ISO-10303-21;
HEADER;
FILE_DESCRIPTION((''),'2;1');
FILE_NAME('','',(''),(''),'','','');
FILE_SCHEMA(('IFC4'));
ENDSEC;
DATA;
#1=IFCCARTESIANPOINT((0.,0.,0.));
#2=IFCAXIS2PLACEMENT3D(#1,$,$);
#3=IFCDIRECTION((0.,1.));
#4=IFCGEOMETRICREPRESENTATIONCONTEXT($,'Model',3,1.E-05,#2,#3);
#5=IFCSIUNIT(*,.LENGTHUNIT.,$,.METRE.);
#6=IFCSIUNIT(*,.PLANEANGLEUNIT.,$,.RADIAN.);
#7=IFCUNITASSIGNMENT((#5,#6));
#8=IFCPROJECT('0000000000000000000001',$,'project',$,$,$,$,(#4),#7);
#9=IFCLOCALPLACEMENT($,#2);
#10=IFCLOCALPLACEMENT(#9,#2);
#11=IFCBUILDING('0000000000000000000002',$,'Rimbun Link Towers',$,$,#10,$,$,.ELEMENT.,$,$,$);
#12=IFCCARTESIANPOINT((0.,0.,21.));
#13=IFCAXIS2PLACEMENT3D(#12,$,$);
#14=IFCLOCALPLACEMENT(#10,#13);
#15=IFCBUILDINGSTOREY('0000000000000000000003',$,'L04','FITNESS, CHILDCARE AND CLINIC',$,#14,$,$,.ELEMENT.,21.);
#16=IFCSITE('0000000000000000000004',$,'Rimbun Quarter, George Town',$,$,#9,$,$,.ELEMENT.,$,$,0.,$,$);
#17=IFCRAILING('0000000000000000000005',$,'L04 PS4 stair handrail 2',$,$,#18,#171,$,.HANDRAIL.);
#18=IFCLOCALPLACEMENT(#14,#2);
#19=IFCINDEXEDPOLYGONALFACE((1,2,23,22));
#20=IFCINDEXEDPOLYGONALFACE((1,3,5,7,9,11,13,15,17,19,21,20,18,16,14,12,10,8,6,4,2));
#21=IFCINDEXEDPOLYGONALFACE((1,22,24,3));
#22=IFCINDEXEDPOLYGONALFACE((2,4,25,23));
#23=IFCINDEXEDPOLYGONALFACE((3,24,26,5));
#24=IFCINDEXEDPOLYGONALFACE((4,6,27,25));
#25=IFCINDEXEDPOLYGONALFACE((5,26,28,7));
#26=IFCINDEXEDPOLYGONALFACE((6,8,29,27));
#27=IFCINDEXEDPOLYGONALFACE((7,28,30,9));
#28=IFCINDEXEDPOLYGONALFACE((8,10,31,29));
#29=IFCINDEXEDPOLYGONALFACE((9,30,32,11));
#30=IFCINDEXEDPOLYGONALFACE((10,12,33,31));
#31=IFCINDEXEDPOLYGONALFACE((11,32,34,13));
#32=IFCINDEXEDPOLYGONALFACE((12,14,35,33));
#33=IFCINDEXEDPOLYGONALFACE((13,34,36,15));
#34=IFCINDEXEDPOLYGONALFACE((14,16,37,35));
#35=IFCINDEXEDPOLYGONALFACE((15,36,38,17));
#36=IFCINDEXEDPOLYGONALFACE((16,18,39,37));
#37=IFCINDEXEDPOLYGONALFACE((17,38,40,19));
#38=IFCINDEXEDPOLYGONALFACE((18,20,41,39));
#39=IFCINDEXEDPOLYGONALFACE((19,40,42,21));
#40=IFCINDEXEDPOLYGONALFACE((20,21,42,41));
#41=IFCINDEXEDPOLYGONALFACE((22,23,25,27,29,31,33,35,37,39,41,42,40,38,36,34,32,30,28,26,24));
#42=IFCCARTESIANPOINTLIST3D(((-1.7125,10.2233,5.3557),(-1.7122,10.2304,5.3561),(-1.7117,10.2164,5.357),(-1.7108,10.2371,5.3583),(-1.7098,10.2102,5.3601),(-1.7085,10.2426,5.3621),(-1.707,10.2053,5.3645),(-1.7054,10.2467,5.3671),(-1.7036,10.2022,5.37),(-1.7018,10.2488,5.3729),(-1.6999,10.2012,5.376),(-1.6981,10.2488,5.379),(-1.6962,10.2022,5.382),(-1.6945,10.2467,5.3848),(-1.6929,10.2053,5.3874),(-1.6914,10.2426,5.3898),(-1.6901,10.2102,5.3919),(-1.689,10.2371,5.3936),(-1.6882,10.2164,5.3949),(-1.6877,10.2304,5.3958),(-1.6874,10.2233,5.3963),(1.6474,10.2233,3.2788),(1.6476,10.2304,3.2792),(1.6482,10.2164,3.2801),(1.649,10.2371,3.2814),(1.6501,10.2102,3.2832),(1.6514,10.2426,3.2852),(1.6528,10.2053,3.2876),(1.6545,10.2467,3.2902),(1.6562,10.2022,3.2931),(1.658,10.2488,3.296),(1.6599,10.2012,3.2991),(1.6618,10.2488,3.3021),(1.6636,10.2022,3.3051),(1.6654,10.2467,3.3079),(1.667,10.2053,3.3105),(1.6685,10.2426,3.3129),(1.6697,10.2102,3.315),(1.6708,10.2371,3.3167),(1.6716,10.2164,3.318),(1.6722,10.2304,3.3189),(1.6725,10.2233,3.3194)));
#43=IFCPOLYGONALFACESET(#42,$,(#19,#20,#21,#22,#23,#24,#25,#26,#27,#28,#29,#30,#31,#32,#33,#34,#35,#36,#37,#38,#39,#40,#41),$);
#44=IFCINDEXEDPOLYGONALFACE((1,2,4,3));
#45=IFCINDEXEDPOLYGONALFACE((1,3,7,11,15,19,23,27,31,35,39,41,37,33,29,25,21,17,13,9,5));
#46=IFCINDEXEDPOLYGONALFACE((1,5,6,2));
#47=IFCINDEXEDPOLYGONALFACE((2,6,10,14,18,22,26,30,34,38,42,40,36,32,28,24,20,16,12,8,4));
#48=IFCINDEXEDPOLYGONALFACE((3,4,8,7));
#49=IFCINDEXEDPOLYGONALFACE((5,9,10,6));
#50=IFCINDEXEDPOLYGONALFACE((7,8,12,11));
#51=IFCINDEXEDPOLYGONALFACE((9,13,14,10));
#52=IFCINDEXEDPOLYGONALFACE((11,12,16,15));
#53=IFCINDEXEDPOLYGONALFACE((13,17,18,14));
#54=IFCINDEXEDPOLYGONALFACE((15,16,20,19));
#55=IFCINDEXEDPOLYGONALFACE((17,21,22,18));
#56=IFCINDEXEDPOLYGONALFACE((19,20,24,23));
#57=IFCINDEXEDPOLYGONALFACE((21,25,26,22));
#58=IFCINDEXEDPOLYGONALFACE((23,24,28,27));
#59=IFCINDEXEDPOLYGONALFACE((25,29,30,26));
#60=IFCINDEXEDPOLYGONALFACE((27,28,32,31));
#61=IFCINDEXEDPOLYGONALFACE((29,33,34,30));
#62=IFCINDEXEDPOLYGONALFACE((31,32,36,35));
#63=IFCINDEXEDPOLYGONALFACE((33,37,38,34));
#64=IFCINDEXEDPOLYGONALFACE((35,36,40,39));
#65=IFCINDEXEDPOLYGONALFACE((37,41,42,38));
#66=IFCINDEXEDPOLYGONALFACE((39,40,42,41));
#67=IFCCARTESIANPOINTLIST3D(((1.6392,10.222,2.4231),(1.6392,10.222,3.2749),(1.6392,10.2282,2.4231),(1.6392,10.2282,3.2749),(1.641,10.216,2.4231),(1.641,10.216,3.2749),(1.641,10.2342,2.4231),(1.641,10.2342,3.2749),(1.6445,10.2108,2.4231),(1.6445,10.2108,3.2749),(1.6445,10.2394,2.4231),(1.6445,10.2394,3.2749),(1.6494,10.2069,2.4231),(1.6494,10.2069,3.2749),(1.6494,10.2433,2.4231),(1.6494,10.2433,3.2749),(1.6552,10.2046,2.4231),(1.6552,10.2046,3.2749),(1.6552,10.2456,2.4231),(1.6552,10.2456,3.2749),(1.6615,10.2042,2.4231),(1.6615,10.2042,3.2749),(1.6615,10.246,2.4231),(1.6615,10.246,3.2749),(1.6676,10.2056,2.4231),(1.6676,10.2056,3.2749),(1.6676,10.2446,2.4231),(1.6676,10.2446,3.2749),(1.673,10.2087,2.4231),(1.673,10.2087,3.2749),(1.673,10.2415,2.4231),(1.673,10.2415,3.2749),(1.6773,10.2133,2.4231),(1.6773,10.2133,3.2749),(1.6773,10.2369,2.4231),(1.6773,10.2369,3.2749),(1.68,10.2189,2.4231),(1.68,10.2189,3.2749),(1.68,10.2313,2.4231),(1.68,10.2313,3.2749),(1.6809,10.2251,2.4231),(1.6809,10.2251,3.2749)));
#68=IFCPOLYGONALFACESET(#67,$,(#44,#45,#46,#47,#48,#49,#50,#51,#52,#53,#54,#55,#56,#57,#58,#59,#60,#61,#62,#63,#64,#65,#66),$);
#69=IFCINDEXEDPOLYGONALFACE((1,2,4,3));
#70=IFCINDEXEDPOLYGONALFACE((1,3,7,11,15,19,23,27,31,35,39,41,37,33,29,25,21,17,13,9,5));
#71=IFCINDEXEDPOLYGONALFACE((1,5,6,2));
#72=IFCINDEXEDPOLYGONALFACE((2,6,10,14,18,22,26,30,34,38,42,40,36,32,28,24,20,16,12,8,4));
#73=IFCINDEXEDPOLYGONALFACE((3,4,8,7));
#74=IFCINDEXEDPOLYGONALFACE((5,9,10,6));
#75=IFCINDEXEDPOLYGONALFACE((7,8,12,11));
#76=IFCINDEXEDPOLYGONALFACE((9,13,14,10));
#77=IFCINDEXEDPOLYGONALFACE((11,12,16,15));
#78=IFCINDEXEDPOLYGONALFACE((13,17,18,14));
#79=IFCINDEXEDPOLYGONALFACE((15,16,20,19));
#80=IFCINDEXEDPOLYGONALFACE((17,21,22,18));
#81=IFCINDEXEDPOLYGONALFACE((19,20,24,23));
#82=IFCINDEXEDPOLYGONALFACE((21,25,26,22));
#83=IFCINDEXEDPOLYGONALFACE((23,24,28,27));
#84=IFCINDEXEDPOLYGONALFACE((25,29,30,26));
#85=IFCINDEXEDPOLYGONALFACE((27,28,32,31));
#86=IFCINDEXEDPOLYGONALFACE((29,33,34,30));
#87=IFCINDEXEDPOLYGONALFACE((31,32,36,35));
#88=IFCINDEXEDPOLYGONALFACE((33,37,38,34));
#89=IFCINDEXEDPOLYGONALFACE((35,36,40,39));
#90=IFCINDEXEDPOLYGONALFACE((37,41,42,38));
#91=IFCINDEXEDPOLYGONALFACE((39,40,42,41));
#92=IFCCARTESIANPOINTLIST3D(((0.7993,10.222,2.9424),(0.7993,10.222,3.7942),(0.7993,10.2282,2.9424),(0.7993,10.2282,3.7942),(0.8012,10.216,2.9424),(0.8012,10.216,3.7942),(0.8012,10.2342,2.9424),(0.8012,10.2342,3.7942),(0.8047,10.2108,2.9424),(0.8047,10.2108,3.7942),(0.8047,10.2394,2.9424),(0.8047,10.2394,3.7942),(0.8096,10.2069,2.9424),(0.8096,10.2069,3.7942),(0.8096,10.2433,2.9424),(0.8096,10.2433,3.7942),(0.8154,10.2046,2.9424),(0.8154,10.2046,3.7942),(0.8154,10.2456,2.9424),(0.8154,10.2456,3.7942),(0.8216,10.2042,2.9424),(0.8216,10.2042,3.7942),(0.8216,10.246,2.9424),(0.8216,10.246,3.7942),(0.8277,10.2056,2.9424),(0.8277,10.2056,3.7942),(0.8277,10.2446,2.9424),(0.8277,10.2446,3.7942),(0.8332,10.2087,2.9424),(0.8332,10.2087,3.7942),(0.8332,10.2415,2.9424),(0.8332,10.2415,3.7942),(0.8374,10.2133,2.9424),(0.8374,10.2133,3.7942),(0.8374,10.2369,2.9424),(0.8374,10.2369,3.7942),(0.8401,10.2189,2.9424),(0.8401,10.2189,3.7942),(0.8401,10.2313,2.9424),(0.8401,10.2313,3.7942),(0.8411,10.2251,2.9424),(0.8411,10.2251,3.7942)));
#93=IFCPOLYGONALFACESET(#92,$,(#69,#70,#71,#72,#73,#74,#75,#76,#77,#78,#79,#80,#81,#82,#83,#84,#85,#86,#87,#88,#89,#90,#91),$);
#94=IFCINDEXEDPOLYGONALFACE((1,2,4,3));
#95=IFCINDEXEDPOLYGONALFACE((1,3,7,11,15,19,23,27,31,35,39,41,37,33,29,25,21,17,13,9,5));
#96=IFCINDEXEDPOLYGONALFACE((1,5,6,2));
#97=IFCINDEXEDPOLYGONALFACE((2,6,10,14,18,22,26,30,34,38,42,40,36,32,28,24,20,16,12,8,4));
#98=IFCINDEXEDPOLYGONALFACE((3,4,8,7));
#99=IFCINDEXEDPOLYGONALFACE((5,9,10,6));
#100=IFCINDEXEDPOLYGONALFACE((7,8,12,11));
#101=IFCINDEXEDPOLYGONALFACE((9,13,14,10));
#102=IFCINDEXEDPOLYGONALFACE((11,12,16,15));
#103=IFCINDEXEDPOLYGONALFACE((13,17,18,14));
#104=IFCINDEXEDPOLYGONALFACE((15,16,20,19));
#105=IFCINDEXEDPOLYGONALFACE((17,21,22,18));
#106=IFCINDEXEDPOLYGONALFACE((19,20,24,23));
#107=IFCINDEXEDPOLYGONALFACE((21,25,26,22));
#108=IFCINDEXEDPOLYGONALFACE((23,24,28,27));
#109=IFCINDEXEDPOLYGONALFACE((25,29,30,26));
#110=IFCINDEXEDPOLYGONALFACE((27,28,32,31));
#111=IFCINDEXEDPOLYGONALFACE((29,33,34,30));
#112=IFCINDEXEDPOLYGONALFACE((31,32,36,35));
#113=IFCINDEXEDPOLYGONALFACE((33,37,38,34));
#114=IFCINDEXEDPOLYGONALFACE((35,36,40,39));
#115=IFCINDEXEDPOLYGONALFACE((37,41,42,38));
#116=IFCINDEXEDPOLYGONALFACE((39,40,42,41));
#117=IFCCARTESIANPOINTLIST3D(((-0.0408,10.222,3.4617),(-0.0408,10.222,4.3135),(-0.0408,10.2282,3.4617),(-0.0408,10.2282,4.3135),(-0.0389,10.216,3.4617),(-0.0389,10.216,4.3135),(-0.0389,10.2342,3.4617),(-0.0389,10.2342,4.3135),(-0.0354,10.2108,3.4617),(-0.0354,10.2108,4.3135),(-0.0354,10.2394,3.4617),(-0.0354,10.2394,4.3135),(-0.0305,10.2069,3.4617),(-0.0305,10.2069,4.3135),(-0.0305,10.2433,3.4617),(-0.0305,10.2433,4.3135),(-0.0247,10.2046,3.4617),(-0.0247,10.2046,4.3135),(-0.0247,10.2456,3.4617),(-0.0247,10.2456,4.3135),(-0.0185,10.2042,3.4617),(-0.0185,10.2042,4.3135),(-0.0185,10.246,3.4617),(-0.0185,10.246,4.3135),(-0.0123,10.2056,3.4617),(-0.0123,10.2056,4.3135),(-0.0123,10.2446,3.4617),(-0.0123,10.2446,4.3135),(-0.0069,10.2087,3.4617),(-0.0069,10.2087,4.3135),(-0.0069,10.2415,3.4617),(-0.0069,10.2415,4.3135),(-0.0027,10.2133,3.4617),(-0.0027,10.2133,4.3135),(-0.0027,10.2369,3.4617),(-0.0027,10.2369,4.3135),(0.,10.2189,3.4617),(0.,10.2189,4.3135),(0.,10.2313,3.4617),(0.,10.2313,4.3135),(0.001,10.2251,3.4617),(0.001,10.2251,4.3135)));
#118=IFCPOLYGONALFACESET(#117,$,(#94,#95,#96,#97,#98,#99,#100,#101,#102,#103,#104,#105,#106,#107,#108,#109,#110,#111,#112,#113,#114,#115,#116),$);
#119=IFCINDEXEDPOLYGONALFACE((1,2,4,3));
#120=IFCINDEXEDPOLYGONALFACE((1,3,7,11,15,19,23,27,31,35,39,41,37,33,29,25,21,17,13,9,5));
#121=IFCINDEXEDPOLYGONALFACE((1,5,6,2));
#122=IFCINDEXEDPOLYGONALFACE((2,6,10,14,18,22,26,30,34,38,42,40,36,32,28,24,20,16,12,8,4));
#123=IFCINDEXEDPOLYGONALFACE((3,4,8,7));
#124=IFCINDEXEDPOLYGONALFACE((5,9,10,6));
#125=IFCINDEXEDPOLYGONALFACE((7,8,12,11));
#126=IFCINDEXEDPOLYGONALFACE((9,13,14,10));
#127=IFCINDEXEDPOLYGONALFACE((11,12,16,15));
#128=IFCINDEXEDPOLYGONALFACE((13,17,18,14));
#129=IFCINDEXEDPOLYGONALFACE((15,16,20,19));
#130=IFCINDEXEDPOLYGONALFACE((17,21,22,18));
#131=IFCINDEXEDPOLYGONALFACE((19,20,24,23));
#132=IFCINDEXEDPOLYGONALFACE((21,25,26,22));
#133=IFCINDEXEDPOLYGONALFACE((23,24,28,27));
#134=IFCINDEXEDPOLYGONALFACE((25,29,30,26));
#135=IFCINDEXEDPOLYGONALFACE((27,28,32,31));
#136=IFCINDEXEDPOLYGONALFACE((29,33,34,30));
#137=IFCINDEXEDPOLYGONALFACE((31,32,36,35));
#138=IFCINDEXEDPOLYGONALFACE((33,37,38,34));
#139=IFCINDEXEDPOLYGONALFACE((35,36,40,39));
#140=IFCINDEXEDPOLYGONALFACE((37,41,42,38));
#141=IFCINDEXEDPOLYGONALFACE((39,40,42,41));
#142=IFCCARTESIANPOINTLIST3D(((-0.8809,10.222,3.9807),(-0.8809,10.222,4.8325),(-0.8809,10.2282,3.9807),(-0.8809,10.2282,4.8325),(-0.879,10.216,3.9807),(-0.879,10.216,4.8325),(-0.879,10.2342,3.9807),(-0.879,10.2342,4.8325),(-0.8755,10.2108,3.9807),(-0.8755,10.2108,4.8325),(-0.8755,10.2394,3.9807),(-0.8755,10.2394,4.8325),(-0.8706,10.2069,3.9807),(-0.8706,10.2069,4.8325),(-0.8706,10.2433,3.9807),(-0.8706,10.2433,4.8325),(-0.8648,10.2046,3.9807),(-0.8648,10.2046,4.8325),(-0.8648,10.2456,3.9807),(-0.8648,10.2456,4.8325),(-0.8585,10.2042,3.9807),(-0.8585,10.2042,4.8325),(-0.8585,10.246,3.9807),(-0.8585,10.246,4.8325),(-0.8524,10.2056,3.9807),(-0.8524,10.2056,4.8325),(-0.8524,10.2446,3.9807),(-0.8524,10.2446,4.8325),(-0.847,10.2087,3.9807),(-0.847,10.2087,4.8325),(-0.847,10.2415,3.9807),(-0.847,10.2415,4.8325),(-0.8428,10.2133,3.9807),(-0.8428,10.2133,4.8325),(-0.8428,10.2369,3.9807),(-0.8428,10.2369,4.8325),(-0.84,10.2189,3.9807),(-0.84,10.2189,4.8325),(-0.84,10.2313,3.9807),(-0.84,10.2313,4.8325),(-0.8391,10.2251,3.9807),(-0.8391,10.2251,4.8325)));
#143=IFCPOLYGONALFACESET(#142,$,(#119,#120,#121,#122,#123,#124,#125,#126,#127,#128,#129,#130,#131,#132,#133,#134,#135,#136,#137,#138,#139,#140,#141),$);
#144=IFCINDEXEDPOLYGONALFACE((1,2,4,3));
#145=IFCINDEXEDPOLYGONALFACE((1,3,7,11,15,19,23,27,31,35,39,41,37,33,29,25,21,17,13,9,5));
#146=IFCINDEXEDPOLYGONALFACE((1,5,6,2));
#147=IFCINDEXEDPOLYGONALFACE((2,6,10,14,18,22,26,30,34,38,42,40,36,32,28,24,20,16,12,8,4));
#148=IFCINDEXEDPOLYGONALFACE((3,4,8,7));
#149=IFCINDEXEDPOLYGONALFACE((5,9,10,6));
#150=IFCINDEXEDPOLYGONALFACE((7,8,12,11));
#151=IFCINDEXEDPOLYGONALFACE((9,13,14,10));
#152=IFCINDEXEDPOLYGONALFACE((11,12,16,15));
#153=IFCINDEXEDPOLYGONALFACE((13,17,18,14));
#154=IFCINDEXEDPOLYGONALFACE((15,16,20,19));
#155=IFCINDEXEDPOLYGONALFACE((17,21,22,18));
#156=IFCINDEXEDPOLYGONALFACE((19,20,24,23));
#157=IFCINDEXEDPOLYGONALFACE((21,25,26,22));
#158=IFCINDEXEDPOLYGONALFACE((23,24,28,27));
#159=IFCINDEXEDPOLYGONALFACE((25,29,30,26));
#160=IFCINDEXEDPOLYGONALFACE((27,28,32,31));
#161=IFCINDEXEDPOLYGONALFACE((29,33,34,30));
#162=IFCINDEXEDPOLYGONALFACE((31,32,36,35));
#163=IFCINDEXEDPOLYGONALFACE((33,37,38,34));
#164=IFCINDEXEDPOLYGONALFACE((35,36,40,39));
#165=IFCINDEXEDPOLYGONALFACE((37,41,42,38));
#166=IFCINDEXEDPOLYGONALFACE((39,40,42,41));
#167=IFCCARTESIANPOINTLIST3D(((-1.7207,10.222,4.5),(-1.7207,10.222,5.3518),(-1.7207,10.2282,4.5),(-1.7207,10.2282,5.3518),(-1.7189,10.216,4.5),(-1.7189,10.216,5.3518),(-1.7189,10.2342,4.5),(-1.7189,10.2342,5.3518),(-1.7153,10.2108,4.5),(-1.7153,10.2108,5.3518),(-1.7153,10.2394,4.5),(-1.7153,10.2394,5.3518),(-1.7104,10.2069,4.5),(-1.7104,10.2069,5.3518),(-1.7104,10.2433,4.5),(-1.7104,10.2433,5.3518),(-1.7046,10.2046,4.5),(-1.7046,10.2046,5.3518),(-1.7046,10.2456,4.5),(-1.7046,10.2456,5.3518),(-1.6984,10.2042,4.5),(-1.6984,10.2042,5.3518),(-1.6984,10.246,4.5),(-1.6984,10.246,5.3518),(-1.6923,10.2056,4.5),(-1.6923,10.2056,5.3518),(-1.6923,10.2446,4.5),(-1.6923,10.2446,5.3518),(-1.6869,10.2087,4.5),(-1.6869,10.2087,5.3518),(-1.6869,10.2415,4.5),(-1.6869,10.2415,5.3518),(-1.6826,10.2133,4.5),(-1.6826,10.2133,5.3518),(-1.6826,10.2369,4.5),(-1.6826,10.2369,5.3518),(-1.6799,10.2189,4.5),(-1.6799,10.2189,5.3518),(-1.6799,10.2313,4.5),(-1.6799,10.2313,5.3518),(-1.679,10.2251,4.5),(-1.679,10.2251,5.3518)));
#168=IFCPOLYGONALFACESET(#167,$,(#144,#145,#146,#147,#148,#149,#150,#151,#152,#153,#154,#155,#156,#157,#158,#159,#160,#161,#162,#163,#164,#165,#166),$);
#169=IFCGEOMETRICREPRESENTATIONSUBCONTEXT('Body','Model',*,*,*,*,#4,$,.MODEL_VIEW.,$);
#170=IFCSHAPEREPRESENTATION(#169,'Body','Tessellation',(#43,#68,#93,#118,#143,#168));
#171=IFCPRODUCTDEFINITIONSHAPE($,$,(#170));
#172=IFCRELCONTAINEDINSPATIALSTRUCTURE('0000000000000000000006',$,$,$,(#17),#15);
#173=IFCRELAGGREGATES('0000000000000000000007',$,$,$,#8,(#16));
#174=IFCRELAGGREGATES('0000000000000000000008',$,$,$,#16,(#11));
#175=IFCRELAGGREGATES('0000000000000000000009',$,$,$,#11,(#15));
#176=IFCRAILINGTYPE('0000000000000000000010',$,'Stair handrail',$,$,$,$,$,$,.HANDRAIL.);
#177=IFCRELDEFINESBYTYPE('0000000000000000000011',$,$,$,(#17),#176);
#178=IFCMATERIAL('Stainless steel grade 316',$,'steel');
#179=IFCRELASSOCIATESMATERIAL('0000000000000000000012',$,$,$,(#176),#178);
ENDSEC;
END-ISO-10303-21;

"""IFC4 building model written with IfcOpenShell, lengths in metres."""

from ifc_helpers import new_model, si_unit, direction, frame, origin, origin_2d, place, context, subcontext, project, spatial, circle, extrude, material, type_object, element, save


model = new_model("IFC4")

# Units and contexts
model_context = context("Model", 3, precision=1e-05, world=origin(), true_north=direction((0.0, 1.0)))
body_context = subcontext(model_context, "Body", "Model", "MODEL_VIEW")
ifc_project = project(units=[si_unit("LENGTHUNIT", "METRE"), si_unit("PLANEANGLEUNIT", "RADIAN")], contexts=[model_context])

# Site, building, storey
site_placement = place(None, origin())
site = spatial("IfcSite", under=ifc_project, at=site_placement, Name="Rimbun Quarter, George Town", CompositionType="ELEMENT", RefElevation=0.0)
building_placement = place(site_placement, origin())
building = spatial("IfcBuilding", under=site, at=building_placement, Name="Rimbun Link Towers", CompositionType="ELEMENT")
storey_placement = place(building_placement, frame((0.0, 0.0, 21.0)))
storey = spatial("IfcBuildingStorey", under=building, at=storey_placement, Name="L04", Description="FITNESS, CHILDCARE AND CLINIC", CompositionType="ELEMENT", Elevation=21.0)

# Railing
ifc_material_1 = material(Name="Stainless steel grade 316", Category="steel")
railing_type_1 = type_object("IfcRailingType", Name="Stair handrail", PredefinedType="HANDRAIL", material=ifc_material_1)
railing_1_placement = place(storey_placement, frame((1.6599, 10.2251, 2.4231)))
element("IfcRailing", 1, at=railing_1_placement, inside=storey, type_object=railing_type_1, Name="L04 PS4 stair handrail 2", PredefinedType="HANDRAIL", context=body_context, shape_type="SweptSolid", body=[
    extrude(circle(Radius=0.0239, at=origin_2d()), frame((0.0, 0.0, 0.876), z_axis=(-0.850606, 0.0, 0.525803), x_axis=(0.0, -1.0, 0.0)), (0.0, 0.0, 1.0), 3.95),
    extrude(circle(Radius=0.021, at=origin_2d()), origin(), (0.0, 0.0, 1.0), 0.8518),
    extrude(circle(Radius=0.021, at=origin_2d()), frame((-0.8398, 0.0, 0.5193)), (0.0, 0.0, 1.0), 0.8518),
    extrude(circle(Radius=0.021, at=origin_2d()), frame((-1.6799, 0.0, 1.0386)), (0.0, 0.0, 1.0), 0.8518),
    extrude(circle(Radius=0.021, at=origin_2d()), frame((-2.52, 0.0, 1.5576)), (0.0, 0.0, 1.0), 0.8518),
    extrude(circle(Radius=0.021, at=origin_2d()), frame((-3.3599, 0.0, 2.0769)), (0.0, 0.0, 1.0), 0.8518),
])

save(model, "model.ifc")
